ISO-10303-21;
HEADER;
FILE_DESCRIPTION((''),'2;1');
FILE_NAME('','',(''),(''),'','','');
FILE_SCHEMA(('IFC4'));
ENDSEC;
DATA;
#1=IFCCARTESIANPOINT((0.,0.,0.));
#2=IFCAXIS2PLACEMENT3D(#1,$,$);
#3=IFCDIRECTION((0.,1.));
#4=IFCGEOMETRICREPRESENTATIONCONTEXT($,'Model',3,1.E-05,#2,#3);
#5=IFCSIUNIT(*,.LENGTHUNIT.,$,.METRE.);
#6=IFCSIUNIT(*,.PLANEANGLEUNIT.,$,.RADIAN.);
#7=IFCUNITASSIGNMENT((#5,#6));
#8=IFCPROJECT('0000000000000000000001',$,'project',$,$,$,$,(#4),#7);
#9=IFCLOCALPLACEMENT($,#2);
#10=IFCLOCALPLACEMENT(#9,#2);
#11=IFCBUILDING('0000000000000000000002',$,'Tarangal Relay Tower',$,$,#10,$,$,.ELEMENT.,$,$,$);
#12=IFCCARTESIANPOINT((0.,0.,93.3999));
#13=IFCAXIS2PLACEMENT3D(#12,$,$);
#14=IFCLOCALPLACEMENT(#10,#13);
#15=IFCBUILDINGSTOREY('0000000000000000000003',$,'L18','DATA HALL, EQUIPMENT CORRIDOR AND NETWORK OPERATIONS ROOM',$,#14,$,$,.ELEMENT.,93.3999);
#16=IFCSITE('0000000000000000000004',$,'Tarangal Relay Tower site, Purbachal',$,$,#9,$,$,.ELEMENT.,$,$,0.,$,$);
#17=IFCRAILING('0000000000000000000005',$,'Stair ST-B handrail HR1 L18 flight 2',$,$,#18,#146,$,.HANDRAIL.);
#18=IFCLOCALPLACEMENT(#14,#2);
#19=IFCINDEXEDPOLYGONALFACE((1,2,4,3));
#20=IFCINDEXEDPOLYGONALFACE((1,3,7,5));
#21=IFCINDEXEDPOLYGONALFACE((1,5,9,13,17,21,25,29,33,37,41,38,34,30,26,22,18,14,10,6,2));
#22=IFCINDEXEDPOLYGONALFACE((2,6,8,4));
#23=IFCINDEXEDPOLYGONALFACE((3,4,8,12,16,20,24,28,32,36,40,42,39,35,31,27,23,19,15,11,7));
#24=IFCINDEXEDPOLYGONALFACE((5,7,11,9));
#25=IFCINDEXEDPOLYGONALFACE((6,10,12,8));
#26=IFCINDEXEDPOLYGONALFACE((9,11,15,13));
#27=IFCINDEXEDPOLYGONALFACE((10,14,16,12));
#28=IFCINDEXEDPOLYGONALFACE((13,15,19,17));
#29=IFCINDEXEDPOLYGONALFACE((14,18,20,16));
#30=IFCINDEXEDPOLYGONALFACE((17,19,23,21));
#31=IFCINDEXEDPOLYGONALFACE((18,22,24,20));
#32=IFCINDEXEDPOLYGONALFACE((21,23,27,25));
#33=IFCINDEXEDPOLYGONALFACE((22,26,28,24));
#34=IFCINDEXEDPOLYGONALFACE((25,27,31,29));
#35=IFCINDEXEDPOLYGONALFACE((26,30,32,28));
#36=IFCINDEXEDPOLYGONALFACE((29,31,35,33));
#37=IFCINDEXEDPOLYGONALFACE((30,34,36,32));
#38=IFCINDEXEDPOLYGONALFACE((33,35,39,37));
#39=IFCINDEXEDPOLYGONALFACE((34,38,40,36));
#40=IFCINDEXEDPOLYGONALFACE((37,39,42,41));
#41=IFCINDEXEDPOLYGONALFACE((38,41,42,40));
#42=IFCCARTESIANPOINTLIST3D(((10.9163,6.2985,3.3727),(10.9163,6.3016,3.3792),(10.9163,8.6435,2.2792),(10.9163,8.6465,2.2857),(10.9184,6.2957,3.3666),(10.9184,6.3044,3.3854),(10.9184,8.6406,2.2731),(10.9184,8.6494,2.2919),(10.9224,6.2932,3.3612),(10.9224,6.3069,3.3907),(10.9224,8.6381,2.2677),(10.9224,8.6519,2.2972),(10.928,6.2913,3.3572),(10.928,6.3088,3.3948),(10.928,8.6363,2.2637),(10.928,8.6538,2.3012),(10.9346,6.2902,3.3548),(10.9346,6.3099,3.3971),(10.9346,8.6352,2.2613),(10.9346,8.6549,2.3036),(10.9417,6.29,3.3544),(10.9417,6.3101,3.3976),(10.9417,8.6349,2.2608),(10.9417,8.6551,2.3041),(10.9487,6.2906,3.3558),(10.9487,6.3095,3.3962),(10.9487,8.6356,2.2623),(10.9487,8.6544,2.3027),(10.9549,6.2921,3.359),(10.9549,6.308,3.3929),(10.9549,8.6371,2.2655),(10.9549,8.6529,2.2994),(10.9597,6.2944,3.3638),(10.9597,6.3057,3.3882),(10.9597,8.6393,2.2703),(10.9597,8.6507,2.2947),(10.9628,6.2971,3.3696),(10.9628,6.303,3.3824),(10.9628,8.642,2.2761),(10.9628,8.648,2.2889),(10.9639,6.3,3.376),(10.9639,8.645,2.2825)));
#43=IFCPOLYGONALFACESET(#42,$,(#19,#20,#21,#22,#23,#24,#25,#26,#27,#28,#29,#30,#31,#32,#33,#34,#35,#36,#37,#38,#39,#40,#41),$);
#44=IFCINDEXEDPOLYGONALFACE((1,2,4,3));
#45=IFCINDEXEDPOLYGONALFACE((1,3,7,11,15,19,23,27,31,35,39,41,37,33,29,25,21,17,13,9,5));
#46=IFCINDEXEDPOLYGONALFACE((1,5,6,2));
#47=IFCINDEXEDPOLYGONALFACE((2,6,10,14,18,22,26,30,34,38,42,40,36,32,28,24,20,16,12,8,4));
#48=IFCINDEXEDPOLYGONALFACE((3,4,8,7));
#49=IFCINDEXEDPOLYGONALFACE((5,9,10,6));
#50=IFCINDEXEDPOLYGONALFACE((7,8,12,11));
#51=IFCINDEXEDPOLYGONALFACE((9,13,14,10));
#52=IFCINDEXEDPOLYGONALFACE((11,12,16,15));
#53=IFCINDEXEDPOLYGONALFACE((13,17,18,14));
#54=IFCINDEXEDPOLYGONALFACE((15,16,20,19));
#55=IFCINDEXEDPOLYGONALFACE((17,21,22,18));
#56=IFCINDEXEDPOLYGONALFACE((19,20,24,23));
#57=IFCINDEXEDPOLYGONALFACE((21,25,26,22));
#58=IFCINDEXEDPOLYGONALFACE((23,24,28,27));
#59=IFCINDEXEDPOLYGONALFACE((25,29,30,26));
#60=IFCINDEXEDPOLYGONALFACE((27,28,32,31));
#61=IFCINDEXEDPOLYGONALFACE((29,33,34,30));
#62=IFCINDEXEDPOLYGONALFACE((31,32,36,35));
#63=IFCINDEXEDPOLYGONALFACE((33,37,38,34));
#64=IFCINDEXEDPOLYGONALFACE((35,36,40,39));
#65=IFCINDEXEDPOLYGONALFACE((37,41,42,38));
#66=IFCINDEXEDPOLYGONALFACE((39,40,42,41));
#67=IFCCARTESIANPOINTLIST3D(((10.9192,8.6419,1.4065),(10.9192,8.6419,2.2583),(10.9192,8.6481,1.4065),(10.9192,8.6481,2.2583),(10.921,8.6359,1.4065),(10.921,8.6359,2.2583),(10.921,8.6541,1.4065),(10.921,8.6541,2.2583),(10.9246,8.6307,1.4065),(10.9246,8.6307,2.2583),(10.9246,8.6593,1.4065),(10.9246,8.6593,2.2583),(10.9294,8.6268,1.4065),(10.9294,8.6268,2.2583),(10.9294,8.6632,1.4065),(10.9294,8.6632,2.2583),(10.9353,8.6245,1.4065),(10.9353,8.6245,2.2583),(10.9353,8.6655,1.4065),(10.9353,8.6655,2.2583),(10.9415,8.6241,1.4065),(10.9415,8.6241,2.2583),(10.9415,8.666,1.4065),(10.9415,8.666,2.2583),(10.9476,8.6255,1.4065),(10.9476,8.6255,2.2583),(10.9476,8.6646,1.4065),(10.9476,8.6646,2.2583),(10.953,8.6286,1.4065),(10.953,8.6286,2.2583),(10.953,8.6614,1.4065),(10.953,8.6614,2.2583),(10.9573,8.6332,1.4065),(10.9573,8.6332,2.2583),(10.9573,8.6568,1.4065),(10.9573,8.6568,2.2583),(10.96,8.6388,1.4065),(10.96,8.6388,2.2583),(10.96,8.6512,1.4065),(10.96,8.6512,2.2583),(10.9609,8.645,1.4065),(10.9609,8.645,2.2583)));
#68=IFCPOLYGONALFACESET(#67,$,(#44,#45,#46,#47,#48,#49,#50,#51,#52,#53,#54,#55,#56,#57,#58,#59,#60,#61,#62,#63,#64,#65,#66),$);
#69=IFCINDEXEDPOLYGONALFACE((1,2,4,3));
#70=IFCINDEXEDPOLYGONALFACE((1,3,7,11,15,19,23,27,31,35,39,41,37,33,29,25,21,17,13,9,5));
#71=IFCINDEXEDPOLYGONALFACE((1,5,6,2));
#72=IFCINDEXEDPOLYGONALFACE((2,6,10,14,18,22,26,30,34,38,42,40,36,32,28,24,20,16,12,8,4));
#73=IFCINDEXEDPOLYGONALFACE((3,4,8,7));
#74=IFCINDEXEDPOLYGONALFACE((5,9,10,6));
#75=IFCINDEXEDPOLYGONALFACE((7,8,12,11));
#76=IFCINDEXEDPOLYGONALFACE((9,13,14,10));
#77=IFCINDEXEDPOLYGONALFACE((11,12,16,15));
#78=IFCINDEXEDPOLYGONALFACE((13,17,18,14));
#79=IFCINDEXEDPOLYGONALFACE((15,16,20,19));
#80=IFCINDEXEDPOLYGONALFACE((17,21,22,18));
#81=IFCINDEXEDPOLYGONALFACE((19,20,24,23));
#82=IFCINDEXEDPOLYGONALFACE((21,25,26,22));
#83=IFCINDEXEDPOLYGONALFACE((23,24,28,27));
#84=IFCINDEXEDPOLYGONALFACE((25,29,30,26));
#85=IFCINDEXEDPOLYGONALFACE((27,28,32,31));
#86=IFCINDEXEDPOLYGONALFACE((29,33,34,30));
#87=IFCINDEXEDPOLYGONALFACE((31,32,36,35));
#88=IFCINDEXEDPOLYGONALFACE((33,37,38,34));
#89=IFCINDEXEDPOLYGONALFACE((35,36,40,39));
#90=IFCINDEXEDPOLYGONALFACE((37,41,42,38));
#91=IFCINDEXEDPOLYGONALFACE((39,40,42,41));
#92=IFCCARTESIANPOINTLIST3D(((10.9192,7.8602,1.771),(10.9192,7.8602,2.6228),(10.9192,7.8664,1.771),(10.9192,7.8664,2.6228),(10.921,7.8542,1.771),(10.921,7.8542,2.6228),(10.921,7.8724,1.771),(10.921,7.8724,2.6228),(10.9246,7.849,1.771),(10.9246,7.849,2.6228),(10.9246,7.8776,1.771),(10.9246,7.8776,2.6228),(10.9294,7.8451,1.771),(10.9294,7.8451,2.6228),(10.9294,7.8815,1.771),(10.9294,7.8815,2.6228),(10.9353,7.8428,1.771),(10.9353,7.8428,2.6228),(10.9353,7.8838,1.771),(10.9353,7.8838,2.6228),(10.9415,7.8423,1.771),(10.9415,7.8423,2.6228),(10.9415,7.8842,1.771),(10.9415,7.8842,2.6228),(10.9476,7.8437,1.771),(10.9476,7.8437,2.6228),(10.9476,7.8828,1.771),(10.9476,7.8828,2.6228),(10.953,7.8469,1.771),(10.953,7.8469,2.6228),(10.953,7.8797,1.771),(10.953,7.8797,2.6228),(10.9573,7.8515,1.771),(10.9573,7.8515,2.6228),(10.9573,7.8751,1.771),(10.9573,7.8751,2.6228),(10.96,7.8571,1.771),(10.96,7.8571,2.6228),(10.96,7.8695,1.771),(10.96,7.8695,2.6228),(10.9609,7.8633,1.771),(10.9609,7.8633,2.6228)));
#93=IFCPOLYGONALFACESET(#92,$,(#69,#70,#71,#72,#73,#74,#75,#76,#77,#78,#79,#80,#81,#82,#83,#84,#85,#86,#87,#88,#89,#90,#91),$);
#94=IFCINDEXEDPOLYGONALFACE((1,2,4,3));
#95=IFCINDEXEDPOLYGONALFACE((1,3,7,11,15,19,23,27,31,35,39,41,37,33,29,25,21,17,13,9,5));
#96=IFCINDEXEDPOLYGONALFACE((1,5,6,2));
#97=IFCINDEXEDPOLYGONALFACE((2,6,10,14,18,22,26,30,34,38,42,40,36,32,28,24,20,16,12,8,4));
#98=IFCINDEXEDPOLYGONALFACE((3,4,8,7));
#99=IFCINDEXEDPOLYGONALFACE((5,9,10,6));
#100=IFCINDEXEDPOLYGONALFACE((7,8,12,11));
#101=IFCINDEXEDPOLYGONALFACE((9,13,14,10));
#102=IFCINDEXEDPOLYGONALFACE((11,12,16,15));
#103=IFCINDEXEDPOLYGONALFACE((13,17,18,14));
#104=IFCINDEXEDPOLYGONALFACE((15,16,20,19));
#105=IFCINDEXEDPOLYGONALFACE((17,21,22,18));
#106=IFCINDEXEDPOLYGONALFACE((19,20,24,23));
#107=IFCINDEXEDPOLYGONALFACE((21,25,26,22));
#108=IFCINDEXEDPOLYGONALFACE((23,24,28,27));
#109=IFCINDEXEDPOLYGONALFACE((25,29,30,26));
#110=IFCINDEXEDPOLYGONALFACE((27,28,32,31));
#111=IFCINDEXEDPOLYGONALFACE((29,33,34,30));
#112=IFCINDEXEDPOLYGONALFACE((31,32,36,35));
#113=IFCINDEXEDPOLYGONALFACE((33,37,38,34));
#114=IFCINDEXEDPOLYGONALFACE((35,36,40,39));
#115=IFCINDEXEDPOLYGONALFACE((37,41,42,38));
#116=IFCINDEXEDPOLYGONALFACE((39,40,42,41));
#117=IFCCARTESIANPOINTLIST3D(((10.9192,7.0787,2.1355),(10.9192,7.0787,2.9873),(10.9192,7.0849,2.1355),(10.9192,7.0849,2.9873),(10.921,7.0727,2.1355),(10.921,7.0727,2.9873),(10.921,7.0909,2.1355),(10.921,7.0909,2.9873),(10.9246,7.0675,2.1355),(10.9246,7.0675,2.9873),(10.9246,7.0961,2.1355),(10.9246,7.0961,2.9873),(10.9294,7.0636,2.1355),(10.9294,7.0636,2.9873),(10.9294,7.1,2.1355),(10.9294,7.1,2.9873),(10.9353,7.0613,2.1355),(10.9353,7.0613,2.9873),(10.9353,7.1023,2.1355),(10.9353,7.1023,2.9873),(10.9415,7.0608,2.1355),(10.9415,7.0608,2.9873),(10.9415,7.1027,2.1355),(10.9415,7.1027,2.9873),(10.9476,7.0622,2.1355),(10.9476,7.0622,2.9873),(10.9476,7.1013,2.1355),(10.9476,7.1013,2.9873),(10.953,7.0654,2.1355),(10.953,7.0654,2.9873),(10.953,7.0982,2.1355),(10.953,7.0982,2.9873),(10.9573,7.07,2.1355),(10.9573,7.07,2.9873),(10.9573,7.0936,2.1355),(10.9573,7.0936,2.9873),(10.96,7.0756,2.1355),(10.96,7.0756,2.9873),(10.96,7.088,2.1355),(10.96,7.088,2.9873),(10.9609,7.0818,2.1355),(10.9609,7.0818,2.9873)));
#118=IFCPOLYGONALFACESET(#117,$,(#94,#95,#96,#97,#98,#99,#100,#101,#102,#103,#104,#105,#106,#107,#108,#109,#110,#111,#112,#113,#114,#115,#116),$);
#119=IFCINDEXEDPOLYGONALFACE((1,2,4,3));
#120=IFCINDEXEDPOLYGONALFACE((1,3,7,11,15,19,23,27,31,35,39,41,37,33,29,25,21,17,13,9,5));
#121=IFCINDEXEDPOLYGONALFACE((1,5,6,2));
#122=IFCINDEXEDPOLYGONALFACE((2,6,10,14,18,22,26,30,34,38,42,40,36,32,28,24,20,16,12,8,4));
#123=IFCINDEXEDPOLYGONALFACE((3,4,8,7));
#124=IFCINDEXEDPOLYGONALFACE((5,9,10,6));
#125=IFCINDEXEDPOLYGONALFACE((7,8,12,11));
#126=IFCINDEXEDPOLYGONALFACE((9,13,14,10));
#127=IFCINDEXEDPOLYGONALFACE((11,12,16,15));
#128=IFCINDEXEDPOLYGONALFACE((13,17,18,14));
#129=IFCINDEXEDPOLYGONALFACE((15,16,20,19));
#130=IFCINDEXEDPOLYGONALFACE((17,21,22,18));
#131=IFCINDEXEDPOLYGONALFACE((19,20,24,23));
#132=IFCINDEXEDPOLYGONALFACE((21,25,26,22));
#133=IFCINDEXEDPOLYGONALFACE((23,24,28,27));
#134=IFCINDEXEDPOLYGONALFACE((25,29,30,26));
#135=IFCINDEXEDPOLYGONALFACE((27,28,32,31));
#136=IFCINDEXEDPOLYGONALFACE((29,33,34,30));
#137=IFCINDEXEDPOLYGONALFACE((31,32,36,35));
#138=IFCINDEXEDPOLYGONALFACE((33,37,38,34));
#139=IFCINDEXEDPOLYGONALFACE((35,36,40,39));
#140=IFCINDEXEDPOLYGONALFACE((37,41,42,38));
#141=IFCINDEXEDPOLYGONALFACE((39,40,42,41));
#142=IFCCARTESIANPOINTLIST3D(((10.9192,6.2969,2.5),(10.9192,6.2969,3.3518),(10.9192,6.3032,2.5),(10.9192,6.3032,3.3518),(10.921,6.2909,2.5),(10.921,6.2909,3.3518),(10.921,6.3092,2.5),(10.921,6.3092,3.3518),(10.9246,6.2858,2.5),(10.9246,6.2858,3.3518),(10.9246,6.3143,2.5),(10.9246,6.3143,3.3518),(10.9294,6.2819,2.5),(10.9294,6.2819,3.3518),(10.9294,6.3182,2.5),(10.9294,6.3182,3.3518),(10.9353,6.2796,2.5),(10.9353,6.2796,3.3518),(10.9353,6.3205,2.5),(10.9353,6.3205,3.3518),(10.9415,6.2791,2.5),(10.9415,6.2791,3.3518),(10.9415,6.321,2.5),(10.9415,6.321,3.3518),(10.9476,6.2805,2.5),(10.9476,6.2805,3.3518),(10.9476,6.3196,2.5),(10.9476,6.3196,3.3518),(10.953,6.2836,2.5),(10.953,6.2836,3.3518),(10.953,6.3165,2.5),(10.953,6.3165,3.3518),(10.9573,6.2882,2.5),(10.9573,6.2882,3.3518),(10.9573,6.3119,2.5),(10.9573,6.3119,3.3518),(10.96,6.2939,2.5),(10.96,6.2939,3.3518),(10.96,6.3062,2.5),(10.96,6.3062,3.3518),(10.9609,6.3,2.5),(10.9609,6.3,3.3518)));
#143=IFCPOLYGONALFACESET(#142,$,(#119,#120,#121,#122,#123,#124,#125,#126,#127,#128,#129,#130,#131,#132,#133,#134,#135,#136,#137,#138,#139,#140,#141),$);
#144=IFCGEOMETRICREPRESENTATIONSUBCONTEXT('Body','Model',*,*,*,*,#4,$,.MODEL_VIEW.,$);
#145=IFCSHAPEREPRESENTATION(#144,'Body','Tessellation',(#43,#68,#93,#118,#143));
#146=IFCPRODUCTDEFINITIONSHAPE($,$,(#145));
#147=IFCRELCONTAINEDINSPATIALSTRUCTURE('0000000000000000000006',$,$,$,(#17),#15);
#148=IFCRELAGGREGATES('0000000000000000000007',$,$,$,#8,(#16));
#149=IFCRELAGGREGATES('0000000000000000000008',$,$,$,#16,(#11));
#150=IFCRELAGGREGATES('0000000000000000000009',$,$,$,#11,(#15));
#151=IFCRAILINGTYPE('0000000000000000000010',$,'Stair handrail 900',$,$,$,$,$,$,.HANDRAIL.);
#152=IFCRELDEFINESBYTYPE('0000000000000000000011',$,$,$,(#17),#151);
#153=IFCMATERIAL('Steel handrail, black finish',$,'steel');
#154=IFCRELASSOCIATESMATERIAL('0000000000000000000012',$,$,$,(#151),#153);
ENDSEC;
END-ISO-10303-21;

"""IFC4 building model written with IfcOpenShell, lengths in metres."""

from ifc_helpers import new_model, si_unit, direction, frame, origin, origin_2d, place, context, subcontext, project, spatial, circle, extrude, material, type_object, element, save


model = new_model("IFC4")

# Units and contexts
model_context = context("Model", 3, precision=1e-05, world=origin(), true_north=direction((0.0, 1.0)))
body_context = subcontext(model_context, "Body", "Model", "MODEL_VIEW")
ifc_project = project(units=[si_unit("LENGTHUNIT", "METRE"), si_unit("PLANEANGLEUNIT", "RADIAN")], contexts=[model_context])

# Site, building, storey
site_placement = place(None, origin())
site = spatial("IfcSite", under=ifc_project, at=site_placement, Name="Tarangal Relay Tower site, Purbachal", CompositionType="ELEMENT", RefElevation=0.0)
building_placement = place(site_placement, origin())
building = spatial("IfcBuilding", under=site, at=building_placement, Name="Tarangal Relay Tower", CompositionType="ELEMENT")
storey_placement = place(building_placement, frame((0.0, 0.0, 93.3999)))
storey = spatial("IfcBuildingStorey", under=building, at=storey_placement, Name="L18", Description="DATA HALL, EQUIPMENT CORRIDOR AND NETWORK OPERATIONS ROOM", CompositionType="ELEMENT", Elevation=93.3999)

# Railing
ifc_material_1 = material(Name="Steel handrail, black finish", Category="steel")
railing_type_1 = type_object("IfcRailingType", Name="Stair handrail 900", PredefinedType="HANDRAIL", material=ifc_material_1)
for number, where, name in (
    (1, (10.9399, 8.645, 1.4065), "Stair ST-B handrail HR1 L18 flight 2"),
):
    element("IfcRailing", number, at=place(storey_placement, frame(where)), inside=storey, type_object=railing_type_1, Name=name, PredefinedType="HANDRAIL", context=body_context, shape_type="SweptSolid", body=[
        extrude(circle(Radius=0.0239, at=origin_2d()), frame((0.0, 0.0, 0.876), z_axis=(0.0, -0.906304, 0.422627), x_axis=(1.0, 0.0, 0.0)), (0.0, 0.0, 1.0), 2.5874),
        extrude(circle(Radius=0.021, at=origin_2d()), origin(), (0.0, 0.0, 1.0), 0.8518),
        extrude(circle(Radius=0.021, at=origin_2d()), frame((0.0, -0.7817, 0.3645)), (0.0, 0.0, 1.0), 0.8518),
        extrude(circle(Radius=0.021, at=origin_2d()), frame((0.0, -1.5632, 0.729)), (0.0, 0.0, 1.0), 0.8518),
        extrude(circle(Radius=0.021, at=origin_2d()), frame((0.0, -2.345, 1.0935)), (0.0, 0.0, 1.0), 0.8518),
    ])

save(model, "model.ifc")
